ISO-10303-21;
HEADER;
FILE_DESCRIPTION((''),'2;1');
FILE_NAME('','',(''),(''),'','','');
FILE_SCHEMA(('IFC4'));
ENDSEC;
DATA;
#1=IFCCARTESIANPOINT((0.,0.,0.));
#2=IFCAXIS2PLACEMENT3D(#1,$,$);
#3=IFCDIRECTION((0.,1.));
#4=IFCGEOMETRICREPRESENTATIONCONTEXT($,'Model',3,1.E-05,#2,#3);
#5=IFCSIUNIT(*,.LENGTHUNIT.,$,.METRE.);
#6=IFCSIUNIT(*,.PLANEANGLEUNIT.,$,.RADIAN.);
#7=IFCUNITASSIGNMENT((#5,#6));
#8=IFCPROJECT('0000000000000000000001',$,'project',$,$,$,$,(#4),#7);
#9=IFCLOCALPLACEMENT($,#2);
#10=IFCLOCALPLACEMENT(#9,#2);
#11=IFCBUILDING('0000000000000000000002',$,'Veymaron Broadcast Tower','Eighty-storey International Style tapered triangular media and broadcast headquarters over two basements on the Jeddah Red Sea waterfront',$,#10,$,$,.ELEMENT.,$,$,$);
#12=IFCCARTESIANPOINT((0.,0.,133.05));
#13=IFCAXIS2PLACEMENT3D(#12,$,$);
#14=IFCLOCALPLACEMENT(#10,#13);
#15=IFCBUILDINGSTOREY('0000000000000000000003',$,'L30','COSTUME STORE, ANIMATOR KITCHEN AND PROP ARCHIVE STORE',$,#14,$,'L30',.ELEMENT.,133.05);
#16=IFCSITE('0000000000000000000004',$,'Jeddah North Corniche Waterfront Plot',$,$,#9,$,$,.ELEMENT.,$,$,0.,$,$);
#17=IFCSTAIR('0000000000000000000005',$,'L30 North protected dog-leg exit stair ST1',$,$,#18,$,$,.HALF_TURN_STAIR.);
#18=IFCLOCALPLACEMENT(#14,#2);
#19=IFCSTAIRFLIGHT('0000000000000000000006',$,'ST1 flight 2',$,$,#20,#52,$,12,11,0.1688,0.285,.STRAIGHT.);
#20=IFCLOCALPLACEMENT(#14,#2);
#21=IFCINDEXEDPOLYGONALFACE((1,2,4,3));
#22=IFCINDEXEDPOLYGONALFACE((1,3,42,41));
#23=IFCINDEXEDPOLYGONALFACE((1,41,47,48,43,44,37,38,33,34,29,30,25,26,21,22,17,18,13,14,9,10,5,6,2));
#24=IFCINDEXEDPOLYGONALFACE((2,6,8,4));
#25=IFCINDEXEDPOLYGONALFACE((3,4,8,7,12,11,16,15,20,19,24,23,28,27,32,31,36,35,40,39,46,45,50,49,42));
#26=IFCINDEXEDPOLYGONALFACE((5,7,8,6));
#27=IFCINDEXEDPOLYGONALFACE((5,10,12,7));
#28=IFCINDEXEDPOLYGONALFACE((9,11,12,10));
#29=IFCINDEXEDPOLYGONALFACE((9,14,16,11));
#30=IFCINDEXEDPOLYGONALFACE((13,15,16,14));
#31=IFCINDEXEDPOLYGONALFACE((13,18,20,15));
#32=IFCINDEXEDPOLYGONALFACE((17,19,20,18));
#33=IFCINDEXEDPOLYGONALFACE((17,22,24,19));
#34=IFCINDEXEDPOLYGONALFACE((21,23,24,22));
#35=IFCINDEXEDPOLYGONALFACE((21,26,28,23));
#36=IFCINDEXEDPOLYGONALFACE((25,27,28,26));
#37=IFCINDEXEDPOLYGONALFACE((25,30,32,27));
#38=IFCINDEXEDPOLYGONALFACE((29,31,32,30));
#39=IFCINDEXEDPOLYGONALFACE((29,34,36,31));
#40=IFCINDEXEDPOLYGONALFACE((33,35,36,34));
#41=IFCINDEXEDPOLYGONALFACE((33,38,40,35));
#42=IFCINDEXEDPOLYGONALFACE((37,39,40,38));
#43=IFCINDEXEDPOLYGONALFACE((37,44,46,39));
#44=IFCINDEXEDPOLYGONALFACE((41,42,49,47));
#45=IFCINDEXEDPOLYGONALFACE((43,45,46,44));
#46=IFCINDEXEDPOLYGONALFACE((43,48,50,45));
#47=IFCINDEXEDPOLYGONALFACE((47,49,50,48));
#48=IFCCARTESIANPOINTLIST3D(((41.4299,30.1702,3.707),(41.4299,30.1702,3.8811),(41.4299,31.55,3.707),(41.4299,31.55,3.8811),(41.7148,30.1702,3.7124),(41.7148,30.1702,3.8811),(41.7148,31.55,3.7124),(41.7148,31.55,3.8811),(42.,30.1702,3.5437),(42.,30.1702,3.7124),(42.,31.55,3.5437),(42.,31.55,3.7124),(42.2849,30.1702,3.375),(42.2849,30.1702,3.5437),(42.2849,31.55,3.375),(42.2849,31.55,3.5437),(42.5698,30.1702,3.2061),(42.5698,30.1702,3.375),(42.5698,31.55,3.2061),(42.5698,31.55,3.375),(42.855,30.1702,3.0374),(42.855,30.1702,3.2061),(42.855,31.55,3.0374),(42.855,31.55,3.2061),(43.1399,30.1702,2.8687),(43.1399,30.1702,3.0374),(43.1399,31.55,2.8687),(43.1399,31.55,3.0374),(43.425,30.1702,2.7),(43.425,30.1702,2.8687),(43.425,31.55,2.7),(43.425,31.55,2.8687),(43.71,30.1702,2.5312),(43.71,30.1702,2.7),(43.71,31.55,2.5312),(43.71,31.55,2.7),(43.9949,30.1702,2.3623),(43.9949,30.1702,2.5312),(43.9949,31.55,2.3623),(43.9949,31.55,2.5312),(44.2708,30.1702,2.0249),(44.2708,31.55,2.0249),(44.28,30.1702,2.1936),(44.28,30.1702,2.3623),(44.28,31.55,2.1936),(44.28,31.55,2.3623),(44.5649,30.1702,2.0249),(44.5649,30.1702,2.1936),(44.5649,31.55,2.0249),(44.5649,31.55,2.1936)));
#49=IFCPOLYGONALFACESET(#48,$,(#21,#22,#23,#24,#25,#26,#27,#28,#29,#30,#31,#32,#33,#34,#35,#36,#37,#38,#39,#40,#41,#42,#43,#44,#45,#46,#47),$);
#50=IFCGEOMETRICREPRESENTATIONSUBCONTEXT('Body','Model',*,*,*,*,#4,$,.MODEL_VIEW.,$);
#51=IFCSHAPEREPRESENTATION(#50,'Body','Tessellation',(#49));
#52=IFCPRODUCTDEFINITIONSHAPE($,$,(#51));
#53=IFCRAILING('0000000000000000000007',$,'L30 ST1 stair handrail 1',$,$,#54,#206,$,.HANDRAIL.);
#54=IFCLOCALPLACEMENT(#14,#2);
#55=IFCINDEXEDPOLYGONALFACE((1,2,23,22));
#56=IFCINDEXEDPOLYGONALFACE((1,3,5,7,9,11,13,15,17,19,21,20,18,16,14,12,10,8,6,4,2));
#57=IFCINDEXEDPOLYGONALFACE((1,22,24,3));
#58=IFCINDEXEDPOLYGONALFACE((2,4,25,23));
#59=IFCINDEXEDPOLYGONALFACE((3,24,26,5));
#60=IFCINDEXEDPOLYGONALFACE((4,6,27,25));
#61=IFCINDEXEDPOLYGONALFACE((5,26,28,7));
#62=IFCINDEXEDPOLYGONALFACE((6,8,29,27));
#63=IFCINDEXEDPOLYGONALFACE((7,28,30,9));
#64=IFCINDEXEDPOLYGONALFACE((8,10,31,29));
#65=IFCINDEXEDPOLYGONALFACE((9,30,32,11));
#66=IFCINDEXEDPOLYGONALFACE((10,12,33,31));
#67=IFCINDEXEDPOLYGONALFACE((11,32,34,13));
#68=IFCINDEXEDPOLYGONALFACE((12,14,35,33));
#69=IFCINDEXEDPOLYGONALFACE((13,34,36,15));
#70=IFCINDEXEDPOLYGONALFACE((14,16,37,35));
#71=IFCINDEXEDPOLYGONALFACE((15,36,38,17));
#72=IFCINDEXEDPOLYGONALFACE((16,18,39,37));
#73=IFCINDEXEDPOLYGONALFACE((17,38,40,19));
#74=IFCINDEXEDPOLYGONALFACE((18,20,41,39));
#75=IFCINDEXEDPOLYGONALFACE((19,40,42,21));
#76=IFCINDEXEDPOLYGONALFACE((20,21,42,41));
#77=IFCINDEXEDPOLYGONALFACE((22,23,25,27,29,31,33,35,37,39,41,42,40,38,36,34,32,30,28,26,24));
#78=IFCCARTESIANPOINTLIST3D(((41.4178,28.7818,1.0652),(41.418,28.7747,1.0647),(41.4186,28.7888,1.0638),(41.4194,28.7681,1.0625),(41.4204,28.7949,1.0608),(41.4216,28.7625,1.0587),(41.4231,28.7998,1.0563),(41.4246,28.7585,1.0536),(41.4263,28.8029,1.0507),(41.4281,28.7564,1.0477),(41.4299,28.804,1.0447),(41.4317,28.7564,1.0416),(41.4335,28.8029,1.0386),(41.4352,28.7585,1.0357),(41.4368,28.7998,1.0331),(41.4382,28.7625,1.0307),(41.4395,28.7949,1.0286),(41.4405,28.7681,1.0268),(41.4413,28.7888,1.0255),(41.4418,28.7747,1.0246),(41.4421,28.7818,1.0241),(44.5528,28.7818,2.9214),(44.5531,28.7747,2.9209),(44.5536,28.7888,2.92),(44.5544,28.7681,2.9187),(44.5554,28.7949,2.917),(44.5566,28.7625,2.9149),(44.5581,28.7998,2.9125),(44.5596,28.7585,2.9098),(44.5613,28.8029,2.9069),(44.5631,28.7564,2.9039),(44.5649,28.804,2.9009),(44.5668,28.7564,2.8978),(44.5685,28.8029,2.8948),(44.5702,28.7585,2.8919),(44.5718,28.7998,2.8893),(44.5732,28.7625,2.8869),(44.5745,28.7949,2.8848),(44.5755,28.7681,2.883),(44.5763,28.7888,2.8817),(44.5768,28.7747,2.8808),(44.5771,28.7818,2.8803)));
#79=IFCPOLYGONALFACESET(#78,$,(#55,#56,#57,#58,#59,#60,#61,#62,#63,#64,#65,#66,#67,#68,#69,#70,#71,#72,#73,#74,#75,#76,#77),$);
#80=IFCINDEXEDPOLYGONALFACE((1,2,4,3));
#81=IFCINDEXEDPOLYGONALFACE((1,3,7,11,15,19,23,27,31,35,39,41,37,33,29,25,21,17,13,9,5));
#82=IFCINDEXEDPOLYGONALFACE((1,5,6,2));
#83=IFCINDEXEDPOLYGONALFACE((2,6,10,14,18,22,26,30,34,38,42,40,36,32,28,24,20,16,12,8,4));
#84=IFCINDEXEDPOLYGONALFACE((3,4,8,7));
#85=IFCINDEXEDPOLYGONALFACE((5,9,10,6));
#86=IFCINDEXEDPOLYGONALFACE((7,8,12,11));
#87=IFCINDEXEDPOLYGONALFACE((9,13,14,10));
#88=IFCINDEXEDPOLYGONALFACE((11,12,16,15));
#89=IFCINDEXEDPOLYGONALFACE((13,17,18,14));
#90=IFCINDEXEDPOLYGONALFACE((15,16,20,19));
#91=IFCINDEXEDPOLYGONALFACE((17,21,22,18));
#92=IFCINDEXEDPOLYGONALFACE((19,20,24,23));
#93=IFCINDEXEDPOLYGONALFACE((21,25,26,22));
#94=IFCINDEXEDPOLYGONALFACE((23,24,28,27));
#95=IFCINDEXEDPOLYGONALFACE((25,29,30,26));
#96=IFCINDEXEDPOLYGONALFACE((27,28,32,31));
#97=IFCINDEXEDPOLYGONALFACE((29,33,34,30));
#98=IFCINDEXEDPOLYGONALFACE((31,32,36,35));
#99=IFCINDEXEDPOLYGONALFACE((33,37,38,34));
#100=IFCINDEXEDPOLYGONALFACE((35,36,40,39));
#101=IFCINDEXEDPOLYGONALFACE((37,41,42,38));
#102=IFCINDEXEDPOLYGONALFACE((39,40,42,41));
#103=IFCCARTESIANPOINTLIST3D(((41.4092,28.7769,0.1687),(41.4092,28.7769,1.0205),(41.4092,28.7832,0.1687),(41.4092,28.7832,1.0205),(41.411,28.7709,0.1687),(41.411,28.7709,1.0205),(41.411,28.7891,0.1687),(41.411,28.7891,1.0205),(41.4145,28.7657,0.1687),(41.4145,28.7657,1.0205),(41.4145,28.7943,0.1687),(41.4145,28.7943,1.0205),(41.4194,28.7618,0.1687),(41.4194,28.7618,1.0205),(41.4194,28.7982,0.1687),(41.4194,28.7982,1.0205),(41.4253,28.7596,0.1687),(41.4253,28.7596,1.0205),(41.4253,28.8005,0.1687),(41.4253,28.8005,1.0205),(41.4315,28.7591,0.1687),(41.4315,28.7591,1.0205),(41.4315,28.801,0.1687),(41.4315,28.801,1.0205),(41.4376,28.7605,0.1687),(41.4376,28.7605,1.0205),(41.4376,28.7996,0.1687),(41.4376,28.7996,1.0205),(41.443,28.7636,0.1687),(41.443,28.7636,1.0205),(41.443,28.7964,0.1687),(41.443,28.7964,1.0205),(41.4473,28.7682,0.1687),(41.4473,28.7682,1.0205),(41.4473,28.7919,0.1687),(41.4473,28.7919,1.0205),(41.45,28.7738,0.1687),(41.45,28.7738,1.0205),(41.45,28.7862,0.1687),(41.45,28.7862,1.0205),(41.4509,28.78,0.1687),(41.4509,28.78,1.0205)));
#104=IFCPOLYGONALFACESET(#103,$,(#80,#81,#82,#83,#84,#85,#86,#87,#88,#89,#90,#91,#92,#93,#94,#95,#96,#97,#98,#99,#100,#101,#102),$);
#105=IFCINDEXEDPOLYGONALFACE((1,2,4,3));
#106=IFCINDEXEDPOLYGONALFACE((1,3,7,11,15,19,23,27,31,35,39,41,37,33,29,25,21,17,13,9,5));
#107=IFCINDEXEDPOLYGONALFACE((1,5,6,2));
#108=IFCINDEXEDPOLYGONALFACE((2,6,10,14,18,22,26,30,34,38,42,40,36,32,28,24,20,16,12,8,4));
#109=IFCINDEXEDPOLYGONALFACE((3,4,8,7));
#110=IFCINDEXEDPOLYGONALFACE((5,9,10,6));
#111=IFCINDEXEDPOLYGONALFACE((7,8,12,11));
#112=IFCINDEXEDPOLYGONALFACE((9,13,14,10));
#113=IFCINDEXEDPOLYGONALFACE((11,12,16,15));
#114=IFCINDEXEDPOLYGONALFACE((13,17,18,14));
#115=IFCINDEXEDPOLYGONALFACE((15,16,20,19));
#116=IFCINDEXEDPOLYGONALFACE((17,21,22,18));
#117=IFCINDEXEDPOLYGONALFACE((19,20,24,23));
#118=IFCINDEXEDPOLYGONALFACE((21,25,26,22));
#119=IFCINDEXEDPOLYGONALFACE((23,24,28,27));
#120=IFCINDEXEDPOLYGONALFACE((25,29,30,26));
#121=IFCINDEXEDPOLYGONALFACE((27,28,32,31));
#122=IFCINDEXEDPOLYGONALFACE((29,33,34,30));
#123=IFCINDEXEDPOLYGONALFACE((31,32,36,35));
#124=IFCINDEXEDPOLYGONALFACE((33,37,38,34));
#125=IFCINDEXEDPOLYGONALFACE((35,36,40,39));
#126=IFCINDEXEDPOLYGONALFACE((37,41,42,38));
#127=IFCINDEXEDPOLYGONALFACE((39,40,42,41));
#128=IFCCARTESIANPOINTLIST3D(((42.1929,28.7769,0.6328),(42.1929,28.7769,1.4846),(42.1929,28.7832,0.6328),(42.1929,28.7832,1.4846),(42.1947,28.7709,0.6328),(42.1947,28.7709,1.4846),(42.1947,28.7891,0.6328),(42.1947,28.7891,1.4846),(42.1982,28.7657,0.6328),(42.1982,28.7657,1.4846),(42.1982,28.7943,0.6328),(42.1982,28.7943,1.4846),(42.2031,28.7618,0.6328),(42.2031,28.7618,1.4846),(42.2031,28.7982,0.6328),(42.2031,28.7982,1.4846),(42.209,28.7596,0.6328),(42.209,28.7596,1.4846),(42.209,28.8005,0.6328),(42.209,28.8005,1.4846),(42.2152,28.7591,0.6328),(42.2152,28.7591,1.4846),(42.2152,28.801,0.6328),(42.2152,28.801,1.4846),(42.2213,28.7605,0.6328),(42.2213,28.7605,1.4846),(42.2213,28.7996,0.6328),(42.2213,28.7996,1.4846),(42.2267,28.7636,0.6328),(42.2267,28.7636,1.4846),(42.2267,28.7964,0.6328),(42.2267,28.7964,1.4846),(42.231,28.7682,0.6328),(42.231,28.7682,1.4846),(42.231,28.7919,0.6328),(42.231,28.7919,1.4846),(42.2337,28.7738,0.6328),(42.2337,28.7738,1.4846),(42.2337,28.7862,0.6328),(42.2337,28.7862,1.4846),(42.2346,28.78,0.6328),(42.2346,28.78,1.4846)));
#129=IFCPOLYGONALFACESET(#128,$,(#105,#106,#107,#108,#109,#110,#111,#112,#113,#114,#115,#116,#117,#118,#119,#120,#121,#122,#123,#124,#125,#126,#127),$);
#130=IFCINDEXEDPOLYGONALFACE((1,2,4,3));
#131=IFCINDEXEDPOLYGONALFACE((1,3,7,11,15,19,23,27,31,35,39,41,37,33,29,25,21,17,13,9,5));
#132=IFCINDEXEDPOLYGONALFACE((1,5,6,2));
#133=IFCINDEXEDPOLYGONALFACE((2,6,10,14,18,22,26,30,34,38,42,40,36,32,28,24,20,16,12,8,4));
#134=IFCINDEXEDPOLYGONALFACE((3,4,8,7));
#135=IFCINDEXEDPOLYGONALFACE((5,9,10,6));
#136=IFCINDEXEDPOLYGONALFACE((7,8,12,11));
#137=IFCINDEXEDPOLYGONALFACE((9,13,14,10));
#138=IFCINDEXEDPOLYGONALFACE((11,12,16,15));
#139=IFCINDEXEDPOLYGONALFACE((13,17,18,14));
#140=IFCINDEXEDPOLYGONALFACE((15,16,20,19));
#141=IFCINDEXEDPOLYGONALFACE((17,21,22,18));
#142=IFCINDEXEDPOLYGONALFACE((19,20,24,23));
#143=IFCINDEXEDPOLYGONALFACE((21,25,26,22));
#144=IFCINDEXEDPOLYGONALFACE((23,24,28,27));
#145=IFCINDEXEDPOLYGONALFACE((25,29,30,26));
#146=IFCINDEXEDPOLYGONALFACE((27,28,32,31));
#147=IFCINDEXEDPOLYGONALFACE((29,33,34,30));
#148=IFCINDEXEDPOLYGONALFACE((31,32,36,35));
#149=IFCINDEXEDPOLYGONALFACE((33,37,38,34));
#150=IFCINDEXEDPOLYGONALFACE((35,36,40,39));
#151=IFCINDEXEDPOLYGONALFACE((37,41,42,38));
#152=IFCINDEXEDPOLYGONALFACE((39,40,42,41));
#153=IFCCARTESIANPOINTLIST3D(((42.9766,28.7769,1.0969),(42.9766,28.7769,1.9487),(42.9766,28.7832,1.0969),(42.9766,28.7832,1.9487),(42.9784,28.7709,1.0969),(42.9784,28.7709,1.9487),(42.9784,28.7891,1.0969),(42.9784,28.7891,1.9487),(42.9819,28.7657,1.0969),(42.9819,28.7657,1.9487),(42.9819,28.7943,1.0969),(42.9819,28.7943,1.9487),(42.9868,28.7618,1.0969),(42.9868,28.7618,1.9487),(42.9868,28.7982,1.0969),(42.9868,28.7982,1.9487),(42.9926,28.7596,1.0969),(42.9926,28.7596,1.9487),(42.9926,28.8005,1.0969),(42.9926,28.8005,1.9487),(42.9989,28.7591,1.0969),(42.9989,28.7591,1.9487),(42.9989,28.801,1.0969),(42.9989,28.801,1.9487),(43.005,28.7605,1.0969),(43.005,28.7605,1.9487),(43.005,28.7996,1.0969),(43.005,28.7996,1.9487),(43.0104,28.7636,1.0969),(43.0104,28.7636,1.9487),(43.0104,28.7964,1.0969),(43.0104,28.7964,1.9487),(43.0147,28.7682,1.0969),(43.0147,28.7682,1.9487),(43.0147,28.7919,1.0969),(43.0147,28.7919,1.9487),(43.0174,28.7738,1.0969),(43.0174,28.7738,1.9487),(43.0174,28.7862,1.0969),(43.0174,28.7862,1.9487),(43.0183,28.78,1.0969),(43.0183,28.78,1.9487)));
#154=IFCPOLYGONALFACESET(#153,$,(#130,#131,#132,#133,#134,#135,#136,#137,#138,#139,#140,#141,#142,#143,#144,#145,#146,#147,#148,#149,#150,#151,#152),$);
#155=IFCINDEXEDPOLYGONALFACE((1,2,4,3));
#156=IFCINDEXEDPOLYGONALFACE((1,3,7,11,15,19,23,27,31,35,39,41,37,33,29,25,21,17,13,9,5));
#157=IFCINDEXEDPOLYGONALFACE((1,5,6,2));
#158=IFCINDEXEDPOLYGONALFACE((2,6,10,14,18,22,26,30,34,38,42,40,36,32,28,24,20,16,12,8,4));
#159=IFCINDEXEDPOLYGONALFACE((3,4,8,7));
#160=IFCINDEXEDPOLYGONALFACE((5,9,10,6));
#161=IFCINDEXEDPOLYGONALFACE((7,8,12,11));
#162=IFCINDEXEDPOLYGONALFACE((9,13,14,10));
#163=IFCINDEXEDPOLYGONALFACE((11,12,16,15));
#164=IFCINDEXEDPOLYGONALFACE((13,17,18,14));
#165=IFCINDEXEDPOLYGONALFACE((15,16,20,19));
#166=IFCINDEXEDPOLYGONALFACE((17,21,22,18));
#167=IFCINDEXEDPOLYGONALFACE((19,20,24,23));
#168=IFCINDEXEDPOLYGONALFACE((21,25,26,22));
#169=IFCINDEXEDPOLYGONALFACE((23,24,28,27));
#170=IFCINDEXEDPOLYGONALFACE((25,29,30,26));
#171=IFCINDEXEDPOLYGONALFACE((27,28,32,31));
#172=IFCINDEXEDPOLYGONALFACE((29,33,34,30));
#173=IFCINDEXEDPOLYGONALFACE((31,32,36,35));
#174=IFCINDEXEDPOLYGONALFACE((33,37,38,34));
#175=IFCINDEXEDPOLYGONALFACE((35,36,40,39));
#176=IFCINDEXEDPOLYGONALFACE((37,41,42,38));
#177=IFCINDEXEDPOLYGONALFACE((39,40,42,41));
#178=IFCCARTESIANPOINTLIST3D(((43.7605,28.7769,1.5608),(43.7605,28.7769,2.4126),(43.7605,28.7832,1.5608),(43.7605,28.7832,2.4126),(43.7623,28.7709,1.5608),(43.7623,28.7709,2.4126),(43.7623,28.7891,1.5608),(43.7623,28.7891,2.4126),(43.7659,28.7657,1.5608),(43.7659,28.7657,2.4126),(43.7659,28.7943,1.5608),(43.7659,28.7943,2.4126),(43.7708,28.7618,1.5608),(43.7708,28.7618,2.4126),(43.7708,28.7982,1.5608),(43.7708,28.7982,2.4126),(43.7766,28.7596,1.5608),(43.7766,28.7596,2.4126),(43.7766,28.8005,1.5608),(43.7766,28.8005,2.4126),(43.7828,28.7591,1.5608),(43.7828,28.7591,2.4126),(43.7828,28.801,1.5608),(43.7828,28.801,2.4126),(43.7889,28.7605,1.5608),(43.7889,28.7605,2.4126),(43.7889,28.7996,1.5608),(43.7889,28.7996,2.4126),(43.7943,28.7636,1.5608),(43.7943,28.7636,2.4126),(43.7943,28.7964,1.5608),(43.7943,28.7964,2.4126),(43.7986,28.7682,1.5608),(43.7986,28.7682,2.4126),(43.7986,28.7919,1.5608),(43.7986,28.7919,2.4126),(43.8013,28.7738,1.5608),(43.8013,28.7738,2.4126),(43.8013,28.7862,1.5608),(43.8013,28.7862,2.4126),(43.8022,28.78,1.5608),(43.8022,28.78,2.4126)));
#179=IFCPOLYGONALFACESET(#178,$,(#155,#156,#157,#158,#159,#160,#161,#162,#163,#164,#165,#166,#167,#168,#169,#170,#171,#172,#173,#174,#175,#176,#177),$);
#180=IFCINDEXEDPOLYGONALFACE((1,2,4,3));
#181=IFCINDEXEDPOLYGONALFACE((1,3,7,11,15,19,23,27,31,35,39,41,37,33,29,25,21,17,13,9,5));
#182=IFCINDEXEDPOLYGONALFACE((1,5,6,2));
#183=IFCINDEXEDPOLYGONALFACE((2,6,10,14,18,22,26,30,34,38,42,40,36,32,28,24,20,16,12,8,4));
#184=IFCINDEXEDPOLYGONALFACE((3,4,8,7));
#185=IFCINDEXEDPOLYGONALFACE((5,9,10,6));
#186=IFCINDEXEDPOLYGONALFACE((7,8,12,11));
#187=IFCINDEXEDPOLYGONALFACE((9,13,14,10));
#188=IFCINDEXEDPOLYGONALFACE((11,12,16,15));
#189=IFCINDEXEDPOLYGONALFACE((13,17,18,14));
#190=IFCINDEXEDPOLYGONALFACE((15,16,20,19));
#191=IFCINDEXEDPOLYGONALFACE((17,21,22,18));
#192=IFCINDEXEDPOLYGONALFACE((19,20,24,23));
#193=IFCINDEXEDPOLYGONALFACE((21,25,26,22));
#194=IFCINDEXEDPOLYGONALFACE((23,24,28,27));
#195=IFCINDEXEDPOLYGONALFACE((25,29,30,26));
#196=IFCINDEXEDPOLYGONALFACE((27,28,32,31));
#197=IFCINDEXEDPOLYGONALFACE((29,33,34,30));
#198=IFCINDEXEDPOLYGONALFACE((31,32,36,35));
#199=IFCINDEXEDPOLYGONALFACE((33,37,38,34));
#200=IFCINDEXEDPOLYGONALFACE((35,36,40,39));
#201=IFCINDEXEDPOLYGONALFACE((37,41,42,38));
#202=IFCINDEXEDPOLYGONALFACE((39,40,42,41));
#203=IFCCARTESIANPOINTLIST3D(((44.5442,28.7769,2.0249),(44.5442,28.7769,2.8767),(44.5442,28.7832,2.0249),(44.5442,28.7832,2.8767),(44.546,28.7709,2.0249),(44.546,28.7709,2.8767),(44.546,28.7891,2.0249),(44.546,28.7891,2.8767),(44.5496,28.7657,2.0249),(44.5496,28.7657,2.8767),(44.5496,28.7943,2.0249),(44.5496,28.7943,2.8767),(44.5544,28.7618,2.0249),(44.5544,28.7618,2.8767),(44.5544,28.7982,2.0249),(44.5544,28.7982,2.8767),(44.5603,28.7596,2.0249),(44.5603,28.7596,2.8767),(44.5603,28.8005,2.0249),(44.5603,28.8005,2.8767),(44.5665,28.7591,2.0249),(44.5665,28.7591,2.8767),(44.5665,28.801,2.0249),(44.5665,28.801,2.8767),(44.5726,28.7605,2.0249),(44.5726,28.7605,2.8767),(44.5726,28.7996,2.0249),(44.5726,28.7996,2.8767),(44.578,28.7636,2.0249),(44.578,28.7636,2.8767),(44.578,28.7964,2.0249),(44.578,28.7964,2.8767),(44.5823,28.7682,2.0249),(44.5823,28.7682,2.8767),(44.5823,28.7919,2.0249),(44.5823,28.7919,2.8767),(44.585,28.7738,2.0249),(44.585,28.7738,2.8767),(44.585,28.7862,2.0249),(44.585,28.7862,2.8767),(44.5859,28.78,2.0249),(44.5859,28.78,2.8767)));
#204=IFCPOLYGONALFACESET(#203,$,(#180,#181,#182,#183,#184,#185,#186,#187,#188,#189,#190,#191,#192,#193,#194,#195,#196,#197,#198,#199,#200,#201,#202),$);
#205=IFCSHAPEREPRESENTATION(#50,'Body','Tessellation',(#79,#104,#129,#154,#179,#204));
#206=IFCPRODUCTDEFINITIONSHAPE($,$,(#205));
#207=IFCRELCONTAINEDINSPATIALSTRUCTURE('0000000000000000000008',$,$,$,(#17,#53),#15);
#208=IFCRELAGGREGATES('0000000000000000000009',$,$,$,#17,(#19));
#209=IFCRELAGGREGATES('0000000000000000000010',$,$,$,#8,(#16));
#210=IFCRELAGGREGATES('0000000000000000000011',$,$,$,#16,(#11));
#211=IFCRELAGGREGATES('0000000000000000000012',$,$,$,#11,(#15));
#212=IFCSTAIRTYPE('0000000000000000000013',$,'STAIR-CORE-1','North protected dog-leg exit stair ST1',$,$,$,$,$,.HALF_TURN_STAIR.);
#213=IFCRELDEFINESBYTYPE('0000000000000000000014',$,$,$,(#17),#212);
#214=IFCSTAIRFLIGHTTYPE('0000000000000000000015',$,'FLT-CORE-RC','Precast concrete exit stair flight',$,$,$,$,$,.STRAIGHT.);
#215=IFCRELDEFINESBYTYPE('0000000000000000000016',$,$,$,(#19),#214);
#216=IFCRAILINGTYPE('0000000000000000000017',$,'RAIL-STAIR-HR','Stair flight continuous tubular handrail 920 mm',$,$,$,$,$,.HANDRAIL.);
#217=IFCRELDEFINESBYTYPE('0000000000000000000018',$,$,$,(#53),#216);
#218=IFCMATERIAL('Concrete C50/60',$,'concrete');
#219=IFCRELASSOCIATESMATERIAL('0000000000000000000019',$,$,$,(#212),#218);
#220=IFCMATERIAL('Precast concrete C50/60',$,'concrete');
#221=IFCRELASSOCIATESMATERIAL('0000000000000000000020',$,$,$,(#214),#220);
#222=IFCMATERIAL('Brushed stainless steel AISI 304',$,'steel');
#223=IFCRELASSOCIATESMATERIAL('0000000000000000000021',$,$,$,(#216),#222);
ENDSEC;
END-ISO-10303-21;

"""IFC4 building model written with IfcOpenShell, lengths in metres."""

from ifc_helpers import new_model, si_unit, direction, frame, origin, origin_2d, place, context, subcontext, project, spatial, polyline, circle, outline, extrude, material, type_object, element, aggregate, save


model = new_model("IFC4")

# Units and contexts
model_context = context("Model", 3, precision=1e-05, world=origin(), true_north=direction((0.0, 1.0)))
body_context = subcontext(model_context, "Body", "Model", "MODEL_VIEW")
ifc_project = project(units=[si_unit("LENGTHUNIT", "METRE"), si_unit("PLANEANGLEUNIT", "RADIAN")], contexts=[model_context])

# Site, building, storey
site_placement = place(None, origin())
site = spatial("IfcSite", under=ifc_project, at=site_placement, Name="Jeddah North Corniche Waterfront Plot", CompositionType="ELEMENT", RefElevation=0.0)
building_placement = place(site_placement, origin())
building = spatial("IfcBuilding", under=site, at=building_placement, Name="Veymaron Broadcast Tower", Description="Eighty-storey International Style tapered triangular media and broadcast headquarters over two basements on the Jeddah Red Sea waterfront", CompositionType="ELEMENT")
storey_placement = place(building_placement, frame((0.0, 0.0, 133.05)))
storey = spatial("IfcBuildingStorey", under=building, at=storey_placement, Name="L30", Description="COSTUME STORE, ANIMATOR KITCHEN AND PROP ARCHIVE STORE", LongName="L30", CompositionType="ELEMENT", Elevation=133.05)

# Shared definitions
ifc_material_1 = material(Name="Brushed stainless steel AISI 304", Category="steel")

# Shared definitions
ifc_material_2 = material(Name="Concrete C50/60", Category="concrete")

# Stair, stair flight
stair_type = type_object("IfcStairType", Name="STAIR-CORE-1", Description="North protected dog-leg exit stair ST1", PredefinedType="HALF_TURN_STAIR", material=ifc_material_2)
stair_placement = place(storey_placement, origin())
stair = element("IfcStair", 1, at=stair_placement, inside=storey, type_object=stair_type, Name="L30 North protected dog-leg exit stair ST1", PredefinedType="HALF_TURN_STAIR")
ifc_material_3 = material(Name="Precast concrete C50/60", Category="concrete")
stair_flight_type = type_object("IfcStairFlightType", Name="FLT-CORE-RC", Description="Precast concrete exit stair flight", PredefinedType="STRAIGHT", material=ifc_material_3)
stair_flight_1_placement = place(storey_placement, frame((44.5649, 30.8601, 2.0249), z_axis=(0.0, 0.0, 1.0), x_axis=(-1.0, 0.0, 0.0)))
stair_flight_1 = element("IfcStairFlight", 2, at=stair_flight_1_placement, type_object=stair_flight_type, Name="ST1 flight 2", NumberOfRisers=12, NumberOfTreads=11, PredefinedType="STRAIGHT", RiserHeight=0.1688, TreadLength=0.285, context=body_context, shape_type="SweptSolid", body=[
    extrude(outline(polyline([(0.0, 0.0), (0.0, 0.1687), (0.2849, 0.1687), (0.2849, 0.3374), (0.5701, 0.3374), (0.5701, 0.5063), (0.855, 0.5063), (0.855, 0.675), (1.1399, 0.675), (1.1399, 0.8438), (1.425, 0.8438), (1.425, 1.0125), (1.71, 1.0125), (1.71, 1.1812), (1.9951, 1.1812), (1.9951, 1.3501), (2.28, 1.3501), (2.28, 1.5188), (2.5649, 1.5188), (2.5649, 1.6875), (2.8501, 1.6875), (2.8501, 1.8562), (3.135, 1.8562), (3.135, 2.0249), (3.135, 1.6821), (0.2942, 0.0), (0.0, 0.0)])), frame((0.0, 0.6899, 0.0), z_axis=(0.0, -1.0, 0.0), x_axis=(1.0, 0.0, 0.0)), (0.0, 0.0, 1.0), 1.3799),
])
aggregate(stair, [stair_flight_1])

# Railing
railing_type_1 = type_object("IfcRailingType", Name="RAIL-STAIR-HR", Description="Stair flight continuous tubular handrail 920 mm", PredefinedType="HANDRAIL", material=ifc_material_1)
railing_1_placement = place(storey_placement, frame((41.4299, 28.78, 0.1687)))
element("IfcRailing", 3, at=railing_1_placement, inside=storey, type_object=railing_type_1, Name="L30 ST1 stair handrail 1", PredefinedType="HANDRAIL", context=body_context, shape_type="SweptSolid", body=[
    extrude(circle(Radius=0.0239, at=origin_2d()), frame((0.0, 0.0, 0.876), z_axis=(0.860482, 0.0, 0.509481), x_axis=(0.0, 1.0, 0.0)), (0.0, 0.0, 1.0), 3.6433),
    extrude(circle(Radius=0.021, at=origin_2d()), origin(), (0.0, 0.0, 1.0), 0.8518),
    extrude(circle(Radius=0.021, at=origin_2d()), frame((0.7837, 0.0, 0.4641)), (0.0, 0.0, 1.0), 0.8518),
    extrude(circle(Radius=0.021, at=origin_2d()), frame((1.5674, 0.0, 0.9282)), (0.0, 0.0, 1.0), 0.8518),
    extrude(circle(Radius=0.021, at=origin_2d()), frame((2.3513, 0.0, 1.3921)), (0.0, 0.0, 1.0), 0.8518),
    extrude(circle(Radius=0.021, at=origin_2d()), frame((3.135, 0.0, 1.8562)), (0.0, 0.0, 1.0), 0.8518),
])

save(model, "model.ifc")
